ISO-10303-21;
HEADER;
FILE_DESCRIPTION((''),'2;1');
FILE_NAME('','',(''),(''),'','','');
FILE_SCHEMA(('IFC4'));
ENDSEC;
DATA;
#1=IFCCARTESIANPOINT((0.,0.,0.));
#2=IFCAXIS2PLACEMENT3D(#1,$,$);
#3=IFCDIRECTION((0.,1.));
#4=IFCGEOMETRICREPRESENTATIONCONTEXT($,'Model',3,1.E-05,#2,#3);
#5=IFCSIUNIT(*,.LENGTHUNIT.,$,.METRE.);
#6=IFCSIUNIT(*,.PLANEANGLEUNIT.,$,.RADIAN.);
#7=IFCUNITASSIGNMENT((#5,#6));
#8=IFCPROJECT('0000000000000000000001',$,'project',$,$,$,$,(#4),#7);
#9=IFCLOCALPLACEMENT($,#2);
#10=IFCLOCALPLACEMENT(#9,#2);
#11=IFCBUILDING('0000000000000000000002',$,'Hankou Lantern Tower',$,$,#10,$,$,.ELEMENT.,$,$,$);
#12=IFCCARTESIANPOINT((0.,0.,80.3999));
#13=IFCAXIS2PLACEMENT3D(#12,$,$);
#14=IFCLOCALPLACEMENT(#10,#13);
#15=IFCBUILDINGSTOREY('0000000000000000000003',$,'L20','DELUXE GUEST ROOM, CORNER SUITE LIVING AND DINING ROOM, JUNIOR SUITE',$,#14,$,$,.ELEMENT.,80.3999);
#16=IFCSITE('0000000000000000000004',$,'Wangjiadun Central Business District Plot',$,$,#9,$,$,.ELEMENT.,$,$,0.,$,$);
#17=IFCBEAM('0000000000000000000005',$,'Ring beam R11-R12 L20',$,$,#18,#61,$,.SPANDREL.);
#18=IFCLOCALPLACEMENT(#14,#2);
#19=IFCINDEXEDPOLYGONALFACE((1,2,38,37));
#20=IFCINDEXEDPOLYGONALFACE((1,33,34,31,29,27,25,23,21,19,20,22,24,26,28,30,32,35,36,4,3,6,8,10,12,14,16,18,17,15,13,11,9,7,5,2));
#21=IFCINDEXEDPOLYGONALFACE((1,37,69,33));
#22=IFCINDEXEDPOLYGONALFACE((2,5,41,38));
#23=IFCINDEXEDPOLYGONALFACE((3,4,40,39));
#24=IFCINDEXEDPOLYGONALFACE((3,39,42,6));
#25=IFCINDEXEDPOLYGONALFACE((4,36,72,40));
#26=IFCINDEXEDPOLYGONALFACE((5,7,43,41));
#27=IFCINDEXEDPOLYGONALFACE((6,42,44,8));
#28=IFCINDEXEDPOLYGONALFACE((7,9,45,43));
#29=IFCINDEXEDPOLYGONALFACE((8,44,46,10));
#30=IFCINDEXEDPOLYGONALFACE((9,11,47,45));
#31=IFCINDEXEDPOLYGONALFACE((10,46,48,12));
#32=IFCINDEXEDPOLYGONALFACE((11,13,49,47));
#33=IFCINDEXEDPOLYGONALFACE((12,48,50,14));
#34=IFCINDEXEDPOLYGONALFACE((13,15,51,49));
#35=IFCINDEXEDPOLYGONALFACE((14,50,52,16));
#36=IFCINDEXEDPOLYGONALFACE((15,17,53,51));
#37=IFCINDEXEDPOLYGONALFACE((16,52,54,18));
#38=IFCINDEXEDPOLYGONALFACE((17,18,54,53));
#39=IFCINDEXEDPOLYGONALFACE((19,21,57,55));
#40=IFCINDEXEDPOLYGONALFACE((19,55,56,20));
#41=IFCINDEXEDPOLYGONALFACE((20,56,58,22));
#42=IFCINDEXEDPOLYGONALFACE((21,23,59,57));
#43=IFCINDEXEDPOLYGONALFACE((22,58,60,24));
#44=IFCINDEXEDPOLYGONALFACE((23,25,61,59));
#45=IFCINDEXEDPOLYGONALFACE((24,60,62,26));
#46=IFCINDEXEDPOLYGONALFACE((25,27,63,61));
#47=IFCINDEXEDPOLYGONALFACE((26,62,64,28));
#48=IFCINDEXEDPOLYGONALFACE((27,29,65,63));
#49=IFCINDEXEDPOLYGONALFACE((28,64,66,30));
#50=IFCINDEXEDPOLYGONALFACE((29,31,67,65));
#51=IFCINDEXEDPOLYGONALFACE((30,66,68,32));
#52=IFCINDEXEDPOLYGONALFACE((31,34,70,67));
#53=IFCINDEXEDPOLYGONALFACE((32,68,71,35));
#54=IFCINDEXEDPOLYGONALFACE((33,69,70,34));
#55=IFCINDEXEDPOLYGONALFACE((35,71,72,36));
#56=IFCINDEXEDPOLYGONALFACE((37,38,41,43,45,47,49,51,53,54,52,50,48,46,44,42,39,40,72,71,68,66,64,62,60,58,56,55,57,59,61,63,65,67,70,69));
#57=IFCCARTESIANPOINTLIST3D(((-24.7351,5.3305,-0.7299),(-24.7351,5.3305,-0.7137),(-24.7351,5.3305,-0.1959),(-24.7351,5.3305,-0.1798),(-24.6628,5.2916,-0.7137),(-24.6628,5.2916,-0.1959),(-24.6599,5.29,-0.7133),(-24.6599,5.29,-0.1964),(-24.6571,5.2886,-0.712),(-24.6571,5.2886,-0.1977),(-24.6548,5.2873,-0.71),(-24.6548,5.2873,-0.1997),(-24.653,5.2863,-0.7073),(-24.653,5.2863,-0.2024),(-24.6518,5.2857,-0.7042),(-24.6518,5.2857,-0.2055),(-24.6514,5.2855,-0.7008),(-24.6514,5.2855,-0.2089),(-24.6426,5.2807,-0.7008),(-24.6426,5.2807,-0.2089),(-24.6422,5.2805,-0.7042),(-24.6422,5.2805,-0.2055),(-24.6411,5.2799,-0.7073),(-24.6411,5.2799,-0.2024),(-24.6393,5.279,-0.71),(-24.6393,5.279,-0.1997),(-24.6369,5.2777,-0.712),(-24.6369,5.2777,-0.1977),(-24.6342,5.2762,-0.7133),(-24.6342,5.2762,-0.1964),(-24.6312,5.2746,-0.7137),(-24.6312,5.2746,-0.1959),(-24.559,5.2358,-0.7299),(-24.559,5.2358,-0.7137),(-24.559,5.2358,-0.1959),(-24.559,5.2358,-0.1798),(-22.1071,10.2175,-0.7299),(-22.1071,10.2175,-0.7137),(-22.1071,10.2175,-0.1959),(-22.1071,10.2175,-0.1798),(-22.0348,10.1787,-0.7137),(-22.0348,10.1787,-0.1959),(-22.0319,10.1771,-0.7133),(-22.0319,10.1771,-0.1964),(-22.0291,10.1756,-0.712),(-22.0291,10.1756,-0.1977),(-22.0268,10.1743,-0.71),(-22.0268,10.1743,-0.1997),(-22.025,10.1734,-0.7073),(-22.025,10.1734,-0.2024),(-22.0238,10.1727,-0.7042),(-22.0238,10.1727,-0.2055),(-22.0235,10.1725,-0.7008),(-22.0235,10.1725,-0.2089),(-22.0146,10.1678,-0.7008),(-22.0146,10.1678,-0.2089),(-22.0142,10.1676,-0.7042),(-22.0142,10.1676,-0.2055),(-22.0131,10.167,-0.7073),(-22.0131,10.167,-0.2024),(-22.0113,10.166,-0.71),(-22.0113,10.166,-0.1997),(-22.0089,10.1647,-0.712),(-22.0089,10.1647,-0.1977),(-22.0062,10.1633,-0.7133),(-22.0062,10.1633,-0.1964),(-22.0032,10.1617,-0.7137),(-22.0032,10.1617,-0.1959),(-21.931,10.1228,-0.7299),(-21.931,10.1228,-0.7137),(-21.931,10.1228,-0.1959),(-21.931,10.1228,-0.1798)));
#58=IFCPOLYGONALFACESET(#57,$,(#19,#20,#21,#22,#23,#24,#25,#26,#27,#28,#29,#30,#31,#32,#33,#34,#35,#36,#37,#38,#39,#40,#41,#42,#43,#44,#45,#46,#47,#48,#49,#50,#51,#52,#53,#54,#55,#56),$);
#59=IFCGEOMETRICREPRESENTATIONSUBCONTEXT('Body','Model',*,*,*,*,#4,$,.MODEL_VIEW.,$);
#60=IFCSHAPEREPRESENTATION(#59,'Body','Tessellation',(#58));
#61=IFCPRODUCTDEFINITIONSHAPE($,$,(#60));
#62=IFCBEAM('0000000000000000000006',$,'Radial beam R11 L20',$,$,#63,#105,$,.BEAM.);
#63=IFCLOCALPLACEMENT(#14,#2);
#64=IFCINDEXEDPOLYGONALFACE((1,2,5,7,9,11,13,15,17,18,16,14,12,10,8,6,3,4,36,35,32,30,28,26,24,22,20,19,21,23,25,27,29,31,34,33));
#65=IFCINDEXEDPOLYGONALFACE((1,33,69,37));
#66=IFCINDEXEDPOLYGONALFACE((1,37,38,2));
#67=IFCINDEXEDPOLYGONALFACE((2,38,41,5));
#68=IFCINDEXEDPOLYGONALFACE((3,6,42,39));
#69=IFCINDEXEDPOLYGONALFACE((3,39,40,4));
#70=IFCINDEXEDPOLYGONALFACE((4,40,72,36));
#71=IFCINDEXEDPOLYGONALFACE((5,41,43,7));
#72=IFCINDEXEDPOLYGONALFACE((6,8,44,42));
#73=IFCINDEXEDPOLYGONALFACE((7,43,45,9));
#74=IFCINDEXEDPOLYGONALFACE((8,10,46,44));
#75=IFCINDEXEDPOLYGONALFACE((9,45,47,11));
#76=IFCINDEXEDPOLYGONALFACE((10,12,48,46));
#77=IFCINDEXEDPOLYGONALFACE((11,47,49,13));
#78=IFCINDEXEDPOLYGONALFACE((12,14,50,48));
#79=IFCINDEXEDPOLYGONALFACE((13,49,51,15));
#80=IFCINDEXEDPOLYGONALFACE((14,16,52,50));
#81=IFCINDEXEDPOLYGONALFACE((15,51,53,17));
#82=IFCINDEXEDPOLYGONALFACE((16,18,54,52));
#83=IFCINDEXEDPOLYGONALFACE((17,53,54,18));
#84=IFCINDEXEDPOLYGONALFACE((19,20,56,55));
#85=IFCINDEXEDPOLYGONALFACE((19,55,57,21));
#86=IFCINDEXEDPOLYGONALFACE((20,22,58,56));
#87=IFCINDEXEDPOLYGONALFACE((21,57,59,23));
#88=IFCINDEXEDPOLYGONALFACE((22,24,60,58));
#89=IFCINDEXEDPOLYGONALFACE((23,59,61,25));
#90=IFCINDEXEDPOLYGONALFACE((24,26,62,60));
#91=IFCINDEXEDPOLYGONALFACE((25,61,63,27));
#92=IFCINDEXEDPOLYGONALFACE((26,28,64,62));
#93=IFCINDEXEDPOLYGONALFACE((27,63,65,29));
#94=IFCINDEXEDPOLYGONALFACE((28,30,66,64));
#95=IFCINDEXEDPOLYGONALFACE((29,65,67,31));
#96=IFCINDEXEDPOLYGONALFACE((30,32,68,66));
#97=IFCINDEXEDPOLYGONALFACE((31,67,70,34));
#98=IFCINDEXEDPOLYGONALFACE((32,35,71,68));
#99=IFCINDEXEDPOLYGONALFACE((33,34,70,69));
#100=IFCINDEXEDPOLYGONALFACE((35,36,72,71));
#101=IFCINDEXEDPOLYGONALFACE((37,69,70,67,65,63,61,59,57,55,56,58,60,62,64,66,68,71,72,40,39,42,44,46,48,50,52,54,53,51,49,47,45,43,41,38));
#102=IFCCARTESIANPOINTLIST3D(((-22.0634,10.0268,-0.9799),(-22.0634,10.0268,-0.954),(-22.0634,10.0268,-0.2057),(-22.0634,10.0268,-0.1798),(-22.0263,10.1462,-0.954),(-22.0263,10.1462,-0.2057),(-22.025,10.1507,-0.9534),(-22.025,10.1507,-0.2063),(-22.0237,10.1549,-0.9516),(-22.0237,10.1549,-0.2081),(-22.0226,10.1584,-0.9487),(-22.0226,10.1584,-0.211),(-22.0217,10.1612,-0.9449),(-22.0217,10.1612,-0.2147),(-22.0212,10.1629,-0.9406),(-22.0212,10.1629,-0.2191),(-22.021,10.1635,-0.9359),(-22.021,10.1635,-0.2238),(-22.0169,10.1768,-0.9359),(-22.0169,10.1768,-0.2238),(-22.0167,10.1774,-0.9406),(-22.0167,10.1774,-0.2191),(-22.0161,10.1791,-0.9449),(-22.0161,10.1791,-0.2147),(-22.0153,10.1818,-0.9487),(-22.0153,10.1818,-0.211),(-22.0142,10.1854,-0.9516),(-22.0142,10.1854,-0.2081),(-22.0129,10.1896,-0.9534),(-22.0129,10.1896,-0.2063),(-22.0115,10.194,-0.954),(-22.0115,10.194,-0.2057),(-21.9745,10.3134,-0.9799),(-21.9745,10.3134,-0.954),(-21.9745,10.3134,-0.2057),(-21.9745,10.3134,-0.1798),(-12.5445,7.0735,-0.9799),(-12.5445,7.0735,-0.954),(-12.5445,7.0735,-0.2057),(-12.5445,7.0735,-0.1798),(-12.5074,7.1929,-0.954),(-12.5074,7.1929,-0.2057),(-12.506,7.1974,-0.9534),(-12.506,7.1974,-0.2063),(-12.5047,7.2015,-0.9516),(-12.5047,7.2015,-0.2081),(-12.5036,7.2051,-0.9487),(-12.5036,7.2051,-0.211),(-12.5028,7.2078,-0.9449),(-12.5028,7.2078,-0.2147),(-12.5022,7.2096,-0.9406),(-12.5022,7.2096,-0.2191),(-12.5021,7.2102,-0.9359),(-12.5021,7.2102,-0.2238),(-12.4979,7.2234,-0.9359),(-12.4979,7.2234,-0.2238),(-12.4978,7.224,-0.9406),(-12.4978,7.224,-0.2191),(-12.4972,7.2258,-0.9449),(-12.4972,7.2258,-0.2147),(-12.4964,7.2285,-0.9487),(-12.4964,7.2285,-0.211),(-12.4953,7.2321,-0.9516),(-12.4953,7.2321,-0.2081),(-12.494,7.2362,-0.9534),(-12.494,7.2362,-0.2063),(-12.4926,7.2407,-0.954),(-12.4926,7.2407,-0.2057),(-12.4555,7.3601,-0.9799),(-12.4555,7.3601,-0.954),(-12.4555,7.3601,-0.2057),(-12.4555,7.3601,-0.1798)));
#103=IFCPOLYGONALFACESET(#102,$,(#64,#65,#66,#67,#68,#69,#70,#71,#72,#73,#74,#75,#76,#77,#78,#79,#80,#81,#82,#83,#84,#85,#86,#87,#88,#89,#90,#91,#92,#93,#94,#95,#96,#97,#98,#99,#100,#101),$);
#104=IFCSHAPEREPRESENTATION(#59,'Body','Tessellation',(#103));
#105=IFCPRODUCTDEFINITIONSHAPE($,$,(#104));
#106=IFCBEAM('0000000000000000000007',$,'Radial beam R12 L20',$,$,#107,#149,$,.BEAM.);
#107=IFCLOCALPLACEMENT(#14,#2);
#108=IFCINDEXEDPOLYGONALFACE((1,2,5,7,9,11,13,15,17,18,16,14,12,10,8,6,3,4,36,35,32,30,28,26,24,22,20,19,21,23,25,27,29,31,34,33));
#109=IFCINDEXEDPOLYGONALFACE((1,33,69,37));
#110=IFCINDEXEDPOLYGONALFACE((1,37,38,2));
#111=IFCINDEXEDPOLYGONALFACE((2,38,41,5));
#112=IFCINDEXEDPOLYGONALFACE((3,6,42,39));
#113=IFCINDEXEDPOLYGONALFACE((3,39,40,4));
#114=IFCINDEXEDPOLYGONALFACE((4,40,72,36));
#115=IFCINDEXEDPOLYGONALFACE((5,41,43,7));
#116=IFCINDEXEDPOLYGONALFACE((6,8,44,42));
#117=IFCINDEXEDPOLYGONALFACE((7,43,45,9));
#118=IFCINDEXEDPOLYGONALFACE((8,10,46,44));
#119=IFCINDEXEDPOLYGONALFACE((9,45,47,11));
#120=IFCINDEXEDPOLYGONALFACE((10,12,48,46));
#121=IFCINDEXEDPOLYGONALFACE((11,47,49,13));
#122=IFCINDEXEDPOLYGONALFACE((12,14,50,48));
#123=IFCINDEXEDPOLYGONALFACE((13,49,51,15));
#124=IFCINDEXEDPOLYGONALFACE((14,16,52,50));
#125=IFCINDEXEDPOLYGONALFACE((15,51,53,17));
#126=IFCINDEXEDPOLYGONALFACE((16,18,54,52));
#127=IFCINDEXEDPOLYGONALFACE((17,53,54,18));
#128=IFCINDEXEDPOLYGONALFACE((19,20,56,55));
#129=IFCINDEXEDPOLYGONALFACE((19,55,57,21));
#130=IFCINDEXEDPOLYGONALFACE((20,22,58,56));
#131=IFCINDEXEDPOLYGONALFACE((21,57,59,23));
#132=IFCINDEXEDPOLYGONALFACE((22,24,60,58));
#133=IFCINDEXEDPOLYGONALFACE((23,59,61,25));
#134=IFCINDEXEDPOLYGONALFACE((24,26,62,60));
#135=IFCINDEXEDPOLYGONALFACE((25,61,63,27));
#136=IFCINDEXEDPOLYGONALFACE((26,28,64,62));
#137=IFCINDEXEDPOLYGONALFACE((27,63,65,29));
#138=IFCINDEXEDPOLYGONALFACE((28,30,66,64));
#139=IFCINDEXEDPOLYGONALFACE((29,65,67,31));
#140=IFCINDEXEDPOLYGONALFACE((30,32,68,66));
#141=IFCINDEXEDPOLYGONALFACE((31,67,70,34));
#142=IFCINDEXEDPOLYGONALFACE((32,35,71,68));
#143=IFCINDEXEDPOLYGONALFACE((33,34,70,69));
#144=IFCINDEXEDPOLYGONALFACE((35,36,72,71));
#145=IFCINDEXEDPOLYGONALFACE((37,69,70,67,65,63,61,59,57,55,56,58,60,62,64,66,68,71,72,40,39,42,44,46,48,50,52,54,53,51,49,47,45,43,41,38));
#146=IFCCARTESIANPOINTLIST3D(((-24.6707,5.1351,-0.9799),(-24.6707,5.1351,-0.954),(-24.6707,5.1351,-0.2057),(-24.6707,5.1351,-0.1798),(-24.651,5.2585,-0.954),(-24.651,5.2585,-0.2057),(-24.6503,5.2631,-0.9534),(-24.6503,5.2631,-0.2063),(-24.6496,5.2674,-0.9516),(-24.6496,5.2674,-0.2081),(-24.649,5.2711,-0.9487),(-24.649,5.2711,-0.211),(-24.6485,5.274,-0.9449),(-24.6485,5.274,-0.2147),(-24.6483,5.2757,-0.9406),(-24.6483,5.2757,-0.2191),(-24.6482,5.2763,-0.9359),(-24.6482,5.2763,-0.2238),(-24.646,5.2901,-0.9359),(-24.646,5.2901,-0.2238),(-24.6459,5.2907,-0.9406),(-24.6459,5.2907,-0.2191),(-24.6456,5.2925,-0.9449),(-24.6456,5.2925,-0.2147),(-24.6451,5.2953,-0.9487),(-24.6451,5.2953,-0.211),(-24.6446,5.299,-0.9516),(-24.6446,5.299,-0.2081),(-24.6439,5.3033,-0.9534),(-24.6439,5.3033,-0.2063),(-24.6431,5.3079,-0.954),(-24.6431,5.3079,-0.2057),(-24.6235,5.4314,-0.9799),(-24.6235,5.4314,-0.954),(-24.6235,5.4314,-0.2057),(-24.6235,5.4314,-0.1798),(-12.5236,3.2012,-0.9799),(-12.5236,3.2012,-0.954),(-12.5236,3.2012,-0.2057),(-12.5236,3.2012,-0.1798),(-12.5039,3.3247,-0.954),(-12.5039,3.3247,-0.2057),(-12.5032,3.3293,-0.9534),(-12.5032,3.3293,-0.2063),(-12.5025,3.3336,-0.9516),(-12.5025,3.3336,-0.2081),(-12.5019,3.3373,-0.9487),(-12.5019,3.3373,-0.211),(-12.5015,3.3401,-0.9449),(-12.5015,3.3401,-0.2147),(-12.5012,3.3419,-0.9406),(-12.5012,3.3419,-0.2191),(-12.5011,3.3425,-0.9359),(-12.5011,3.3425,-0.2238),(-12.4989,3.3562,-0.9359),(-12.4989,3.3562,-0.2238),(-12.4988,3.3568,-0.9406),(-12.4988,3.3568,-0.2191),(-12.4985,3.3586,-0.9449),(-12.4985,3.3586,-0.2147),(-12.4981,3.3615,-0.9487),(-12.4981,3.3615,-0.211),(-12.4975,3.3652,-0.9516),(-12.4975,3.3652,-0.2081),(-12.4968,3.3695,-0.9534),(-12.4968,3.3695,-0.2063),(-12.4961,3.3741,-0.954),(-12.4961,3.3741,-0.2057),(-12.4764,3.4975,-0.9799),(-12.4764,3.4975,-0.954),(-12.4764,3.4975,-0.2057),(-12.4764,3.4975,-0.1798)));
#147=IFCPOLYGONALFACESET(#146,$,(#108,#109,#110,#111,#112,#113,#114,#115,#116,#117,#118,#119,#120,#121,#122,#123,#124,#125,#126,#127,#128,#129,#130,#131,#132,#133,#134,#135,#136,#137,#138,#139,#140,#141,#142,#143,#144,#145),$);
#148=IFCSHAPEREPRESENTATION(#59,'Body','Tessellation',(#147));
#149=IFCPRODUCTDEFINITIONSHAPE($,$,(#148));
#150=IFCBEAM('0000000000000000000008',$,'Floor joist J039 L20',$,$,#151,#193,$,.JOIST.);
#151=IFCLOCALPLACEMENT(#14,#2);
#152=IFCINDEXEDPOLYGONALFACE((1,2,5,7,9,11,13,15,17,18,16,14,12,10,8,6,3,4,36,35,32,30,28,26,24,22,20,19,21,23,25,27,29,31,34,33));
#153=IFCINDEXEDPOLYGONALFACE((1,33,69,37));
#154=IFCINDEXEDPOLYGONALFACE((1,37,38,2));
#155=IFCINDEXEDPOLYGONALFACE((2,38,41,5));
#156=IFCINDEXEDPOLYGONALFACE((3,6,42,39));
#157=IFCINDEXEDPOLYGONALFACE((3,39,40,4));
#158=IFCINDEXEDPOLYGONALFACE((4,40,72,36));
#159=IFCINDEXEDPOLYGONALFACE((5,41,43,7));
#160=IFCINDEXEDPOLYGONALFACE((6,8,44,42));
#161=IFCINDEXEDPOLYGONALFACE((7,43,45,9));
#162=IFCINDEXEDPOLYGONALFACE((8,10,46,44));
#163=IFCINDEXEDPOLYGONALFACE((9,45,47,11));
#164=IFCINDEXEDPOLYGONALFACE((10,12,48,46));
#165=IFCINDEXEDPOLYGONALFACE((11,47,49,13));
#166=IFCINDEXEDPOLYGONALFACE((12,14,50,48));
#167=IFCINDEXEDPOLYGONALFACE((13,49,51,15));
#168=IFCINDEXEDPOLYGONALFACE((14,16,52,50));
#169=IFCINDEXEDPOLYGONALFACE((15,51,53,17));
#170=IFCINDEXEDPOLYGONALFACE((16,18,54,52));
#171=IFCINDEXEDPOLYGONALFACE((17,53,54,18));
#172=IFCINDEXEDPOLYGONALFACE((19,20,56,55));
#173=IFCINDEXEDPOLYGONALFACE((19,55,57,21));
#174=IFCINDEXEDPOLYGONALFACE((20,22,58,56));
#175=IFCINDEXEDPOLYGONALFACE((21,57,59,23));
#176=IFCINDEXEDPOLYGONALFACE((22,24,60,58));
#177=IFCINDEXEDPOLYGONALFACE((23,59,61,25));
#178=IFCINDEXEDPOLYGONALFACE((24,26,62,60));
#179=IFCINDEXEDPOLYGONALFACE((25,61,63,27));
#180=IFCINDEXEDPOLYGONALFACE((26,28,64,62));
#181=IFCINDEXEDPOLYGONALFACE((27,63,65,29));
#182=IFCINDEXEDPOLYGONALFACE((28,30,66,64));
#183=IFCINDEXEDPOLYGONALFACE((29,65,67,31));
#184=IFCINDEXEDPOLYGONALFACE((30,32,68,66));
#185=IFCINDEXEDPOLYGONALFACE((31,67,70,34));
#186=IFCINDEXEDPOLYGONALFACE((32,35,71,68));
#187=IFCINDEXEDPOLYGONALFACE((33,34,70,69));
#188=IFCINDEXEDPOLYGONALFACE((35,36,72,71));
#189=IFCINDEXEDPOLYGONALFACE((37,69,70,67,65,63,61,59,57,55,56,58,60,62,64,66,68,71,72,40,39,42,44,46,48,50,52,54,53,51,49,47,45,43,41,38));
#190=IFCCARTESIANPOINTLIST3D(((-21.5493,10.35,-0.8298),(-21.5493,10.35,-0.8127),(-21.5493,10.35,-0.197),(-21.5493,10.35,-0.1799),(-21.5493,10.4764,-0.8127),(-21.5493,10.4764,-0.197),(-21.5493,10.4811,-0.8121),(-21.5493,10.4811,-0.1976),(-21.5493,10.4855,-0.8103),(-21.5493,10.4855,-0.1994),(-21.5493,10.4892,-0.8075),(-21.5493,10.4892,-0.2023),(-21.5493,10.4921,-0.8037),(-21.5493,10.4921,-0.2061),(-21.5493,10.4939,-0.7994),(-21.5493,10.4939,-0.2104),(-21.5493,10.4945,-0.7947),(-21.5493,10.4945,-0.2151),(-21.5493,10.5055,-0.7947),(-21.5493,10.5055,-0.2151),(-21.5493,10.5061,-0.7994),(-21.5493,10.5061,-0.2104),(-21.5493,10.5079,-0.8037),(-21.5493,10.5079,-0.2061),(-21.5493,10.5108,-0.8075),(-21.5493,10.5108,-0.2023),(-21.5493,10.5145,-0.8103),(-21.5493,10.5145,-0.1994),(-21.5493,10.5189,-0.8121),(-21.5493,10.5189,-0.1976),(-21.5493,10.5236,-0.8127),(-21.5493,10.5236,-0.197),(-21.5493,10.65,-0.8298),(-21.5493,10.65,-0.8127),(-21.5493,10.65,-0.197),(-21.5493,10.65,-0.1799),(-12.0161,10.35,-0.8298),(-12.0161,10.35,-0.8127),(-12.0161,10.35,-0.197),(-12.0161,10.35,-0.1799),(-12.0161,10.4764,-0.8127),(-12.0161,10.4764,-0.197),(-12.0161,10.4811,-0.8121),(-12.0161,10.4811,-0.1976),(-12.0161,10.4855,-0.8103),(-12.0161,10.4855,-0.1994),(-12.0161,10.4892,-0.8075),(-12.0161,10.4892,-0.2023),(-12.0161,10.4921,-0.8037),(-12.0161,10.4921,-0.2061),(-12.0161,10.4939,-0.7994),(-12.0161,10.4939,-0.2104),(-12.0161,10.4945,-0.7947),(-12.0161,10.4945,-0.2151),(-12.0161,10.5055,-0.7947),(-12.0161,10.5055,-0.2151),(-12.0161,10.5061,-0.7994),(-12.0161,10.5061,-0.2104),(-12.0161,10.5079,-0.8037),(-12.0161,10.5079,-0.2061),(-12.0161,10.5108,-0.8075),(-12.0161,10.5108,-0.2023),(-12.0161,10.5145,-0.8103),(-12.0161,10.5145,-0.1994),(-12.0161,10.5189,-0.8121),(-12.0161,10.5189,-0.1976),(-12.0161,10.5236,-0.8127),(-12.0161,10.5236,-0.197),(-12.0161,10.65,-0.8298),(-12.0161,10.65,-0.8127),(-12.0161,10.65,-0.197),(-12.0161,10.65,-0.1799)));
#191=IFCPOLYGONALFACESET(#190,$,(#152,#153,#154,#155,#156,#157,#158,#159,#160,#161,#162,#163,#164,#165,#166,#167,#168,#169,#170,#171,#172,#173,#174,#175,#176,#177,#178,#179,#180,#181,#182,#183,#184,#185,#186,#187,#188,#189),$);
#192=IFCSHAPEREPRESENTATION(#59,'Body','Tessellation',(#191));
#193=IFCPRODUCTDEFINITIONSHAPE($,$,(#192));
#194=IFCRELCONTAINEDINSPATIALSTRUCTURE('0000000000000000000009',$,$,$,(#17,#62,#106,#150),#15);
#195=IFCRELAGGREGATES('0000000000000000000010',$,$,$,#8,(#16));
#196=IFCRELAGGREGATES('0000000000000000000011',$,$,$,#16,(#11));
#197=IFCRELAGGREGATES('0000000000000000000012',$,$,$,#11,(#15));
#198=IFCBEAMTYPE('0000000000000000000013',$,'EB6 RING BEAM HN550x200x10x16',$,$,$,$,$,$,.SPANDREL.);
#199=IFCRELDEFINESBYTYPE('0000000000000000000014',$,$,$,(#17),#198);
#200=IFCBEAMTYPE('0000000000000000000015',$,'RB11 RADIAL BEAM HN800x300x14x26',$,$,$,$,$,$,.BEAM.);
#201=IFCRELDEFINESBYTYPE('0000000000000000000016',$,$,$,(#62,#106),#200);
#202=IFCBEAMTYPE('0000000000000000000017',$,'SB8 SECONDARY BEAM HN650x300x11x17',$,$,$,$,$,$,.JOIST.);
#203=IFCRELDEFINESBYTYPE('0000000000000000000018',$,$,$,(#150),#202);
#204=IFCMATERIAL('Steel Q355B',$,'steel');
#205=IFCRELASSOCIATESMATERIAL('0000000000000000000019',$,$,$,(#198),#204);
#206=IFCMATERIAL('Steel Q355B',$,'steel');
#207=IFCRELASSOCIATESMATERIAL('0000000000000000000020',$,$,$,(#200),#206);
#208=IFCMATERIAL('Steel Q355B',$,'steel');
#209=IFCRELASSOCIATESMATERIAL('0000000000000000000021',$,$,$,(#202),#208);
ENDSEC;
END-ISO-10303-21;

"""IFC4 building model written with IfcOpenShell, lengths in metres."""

from ifc_helpers import new_model, si_unit, direction, frame, origin, origin_2d, place, context, subcontext, project, spatial, i_section, extrude, material, material_profile, profile_set, type_object, element, save


model = new_model("IFC4")

# Units and contexts
model_context = context("Model", 3, precision=1e-05, world=origin(), true_north=direction((0.0, 1.0)))
body_context = subcontext(model_context, "Body", "Model", "MODEL_VIEW")
ifc_project = project(units=[si_unit("LENGTHUNIT", "METRE"), si_unit("PLANEANGLEUNIT", "RADIAN")], contexts=[model_context])

# Site, building, storey
site_placement = place(None, origin())
site = spatial("IfcSite", under=ifc_project, at=site_placement, Name="Wangjiadun Central Business District Plot", CompositionType="ELEMENT", RefElevation=0.0)
building_placement = place(site_placement, origin())
building = spatial("IfcBuilding", under=site, at=building_placement, Name="Hankou Lantern Tower", CompositionType="ELEMENT")
storey_placement = place(building_placement, frame((0.0, 0.0, 80.3999)))
storey = spatial("IfcBuildingStorey", under=building, at=storey_placement, Name="L20", Description="DELUXE GUEST ROOM, CORNER SUITE LIVING AND DINING ROOM, JUNIOR SUITE", CompositionType="ELEMENT", Elevation=80.3999)

# Beams
ifc_material_1 = material(Name="Steel Q355B", Category="steel")
ifc_material_profile_1 = material_profile(ifc_material_1, i_section(OverallWidth=0.2, OverallDepth=0.55, WebThickness=0.01, FlangeThickness=0.0161, FilletRadius=0.0129, at=origin_2d()), Name="HN550x200x10x16")
ifc_profile_set_1 = profile_set([ifc_material_profile_1], Name="Steel Q355B")
beam_type_1 = type_object("IfcBeamType", Name="EB6 RING BEAM HN550x200x10x16", PredefinedType="SPANDREL", material=ifc_profile_set_1)
beam_1_placement = place(storey_placement, frame((-22.019, 10.1702, -0.4548), z_axis=(-0.473609, -0.880735, 0.0), x_axis=(0.880735, -0.473609, 0.0)))
element("IfcBeam", 1, at=beam_1_placement, inside=storey, type_object=beam_type_1, Name="Ring beam R11-R12 L20", PredefinedType="SPANDREL", context=body_context, shape_type="SweptSolid", body=[
    extrude(i_section(OverallWidth=0.2, OverallDepth=0.55, WebThickness=0.01, FlangeThickness=0.0161, FilletRadius=0.0129, at=origin_2d()), origin(), (0.0, 0.0, 1.0), 5.5488),
])
ifc_material_2 = material(Name="Steel Q355B", Category="steel")
ifc_material_profile_2 = material_profile(ifc_material_2, i_section(OverallWidth=0.3, OverallDepth=0.8, WebThickness=0.0139, FlangeThickness=0.0259, FilletRadius=0.0181, at=origin_2d()), Name="HN800x300x14x26")
ifc_profile_set_2 = profile_set([ifc_material_profile_2], Name="Steel Q355B")
beam_type_2 = type_object("IfcBeamType", Name="RB11 RADIAL BEAM HN800x300x14x26", PredefinedType="BEAM", material=ifc_profile_set_2)
beam_2_placement = place(storey_placement, frame((-12.5, 7.2168, -0.5798), z_axis=(-0.955087, 0.296324, 0.0), x_axis=(-0.296324, -0.955087, 0.0)))
element("IfcBeam", 2, at=beam_2_placement, inside=storey, type_object=beam_type_2, Name="Radial beam R11 L20", PredefinedType="BEAM", context=body_context, shape_type="SweptSolid", body=[
    extrude(i_section(OverallWidth=0.3, OverallDepth=0.8, WebThickness=0.0139, FlangeThickness=0.0259, FilletRadius=0.0181, at=origin_2d()), origin(), (0.0, 0.0, 1.0), 9.9666),
])
beam_3_placement = place(storey_placement, frame((-12.5, 3.3494, -0.5798), z_axis=(-0.987563, 0.157223, 0.0), x_axis=(-0.157223, -0.987563, 0.0)))
element("IfcBeam", 3, at=beam_3_placement, inside=storey, type_object=beam_type_2, Name="Radial beam R12 L20", PredefinedType="BEAM", context=body_context, shape_type="SweptSolid", body=[
    extrude(i_section(OverallWidth=0.3, OverallDepth=0.8, WebThickness=0.0139, FlangeThickness=0.0259, FilletRadius=0.0181, at=origin_2d()), origin(), (0.0, 0.0, 1.0), 12.3),
])
ifc_material_3 = material(Name="Steel Q355B", Category="steel")
ifc_material_profile_3 = material_profile(ifc_material_3, i_section(OverallWidth=0.3, OverallDepth=0.6499, WebThickness=0.011, FlangeThickness=0.0171, FilletRadius=0.0181, at=origin_2d()), Name="HN650x300x11x17")
ifc_profile_set_3 = profile_set([ifc_material_profile_3], Name="Steel Q355B")
beam_type_3 = type_object("IfcBeamType", Name="SB8 SECONDARY BEAM HN650x300x11x17", PredefinedType="JOIST", material=ifc_profile_set_3)
beam_4_placement = place(storey_placement, frame((-21.5493, 10.5, -0.5049), z_axis=(1.0, 0.0, 0.0), x_axis=(0.0, 1.0, 0.0)))
element("IfcBeam", 4, at=beam_4_placement, inside=storey, type_object=beam_type_3, Name="Floor joist J039 L20", PredefinedType="JOIST", context=body_context, shape_type="SweptSolid", body=[
    extrude(i_section(OverallWidth=0.3, OverallDepth=0.6499, WebThickness=0.011, FlangeThickness=0.0171, FilletRadius=0.0181, at=origin_2d()), origin(), (0.0, 0.0, 1.0), 9.5332),
])

save(model, "model.ifc")
